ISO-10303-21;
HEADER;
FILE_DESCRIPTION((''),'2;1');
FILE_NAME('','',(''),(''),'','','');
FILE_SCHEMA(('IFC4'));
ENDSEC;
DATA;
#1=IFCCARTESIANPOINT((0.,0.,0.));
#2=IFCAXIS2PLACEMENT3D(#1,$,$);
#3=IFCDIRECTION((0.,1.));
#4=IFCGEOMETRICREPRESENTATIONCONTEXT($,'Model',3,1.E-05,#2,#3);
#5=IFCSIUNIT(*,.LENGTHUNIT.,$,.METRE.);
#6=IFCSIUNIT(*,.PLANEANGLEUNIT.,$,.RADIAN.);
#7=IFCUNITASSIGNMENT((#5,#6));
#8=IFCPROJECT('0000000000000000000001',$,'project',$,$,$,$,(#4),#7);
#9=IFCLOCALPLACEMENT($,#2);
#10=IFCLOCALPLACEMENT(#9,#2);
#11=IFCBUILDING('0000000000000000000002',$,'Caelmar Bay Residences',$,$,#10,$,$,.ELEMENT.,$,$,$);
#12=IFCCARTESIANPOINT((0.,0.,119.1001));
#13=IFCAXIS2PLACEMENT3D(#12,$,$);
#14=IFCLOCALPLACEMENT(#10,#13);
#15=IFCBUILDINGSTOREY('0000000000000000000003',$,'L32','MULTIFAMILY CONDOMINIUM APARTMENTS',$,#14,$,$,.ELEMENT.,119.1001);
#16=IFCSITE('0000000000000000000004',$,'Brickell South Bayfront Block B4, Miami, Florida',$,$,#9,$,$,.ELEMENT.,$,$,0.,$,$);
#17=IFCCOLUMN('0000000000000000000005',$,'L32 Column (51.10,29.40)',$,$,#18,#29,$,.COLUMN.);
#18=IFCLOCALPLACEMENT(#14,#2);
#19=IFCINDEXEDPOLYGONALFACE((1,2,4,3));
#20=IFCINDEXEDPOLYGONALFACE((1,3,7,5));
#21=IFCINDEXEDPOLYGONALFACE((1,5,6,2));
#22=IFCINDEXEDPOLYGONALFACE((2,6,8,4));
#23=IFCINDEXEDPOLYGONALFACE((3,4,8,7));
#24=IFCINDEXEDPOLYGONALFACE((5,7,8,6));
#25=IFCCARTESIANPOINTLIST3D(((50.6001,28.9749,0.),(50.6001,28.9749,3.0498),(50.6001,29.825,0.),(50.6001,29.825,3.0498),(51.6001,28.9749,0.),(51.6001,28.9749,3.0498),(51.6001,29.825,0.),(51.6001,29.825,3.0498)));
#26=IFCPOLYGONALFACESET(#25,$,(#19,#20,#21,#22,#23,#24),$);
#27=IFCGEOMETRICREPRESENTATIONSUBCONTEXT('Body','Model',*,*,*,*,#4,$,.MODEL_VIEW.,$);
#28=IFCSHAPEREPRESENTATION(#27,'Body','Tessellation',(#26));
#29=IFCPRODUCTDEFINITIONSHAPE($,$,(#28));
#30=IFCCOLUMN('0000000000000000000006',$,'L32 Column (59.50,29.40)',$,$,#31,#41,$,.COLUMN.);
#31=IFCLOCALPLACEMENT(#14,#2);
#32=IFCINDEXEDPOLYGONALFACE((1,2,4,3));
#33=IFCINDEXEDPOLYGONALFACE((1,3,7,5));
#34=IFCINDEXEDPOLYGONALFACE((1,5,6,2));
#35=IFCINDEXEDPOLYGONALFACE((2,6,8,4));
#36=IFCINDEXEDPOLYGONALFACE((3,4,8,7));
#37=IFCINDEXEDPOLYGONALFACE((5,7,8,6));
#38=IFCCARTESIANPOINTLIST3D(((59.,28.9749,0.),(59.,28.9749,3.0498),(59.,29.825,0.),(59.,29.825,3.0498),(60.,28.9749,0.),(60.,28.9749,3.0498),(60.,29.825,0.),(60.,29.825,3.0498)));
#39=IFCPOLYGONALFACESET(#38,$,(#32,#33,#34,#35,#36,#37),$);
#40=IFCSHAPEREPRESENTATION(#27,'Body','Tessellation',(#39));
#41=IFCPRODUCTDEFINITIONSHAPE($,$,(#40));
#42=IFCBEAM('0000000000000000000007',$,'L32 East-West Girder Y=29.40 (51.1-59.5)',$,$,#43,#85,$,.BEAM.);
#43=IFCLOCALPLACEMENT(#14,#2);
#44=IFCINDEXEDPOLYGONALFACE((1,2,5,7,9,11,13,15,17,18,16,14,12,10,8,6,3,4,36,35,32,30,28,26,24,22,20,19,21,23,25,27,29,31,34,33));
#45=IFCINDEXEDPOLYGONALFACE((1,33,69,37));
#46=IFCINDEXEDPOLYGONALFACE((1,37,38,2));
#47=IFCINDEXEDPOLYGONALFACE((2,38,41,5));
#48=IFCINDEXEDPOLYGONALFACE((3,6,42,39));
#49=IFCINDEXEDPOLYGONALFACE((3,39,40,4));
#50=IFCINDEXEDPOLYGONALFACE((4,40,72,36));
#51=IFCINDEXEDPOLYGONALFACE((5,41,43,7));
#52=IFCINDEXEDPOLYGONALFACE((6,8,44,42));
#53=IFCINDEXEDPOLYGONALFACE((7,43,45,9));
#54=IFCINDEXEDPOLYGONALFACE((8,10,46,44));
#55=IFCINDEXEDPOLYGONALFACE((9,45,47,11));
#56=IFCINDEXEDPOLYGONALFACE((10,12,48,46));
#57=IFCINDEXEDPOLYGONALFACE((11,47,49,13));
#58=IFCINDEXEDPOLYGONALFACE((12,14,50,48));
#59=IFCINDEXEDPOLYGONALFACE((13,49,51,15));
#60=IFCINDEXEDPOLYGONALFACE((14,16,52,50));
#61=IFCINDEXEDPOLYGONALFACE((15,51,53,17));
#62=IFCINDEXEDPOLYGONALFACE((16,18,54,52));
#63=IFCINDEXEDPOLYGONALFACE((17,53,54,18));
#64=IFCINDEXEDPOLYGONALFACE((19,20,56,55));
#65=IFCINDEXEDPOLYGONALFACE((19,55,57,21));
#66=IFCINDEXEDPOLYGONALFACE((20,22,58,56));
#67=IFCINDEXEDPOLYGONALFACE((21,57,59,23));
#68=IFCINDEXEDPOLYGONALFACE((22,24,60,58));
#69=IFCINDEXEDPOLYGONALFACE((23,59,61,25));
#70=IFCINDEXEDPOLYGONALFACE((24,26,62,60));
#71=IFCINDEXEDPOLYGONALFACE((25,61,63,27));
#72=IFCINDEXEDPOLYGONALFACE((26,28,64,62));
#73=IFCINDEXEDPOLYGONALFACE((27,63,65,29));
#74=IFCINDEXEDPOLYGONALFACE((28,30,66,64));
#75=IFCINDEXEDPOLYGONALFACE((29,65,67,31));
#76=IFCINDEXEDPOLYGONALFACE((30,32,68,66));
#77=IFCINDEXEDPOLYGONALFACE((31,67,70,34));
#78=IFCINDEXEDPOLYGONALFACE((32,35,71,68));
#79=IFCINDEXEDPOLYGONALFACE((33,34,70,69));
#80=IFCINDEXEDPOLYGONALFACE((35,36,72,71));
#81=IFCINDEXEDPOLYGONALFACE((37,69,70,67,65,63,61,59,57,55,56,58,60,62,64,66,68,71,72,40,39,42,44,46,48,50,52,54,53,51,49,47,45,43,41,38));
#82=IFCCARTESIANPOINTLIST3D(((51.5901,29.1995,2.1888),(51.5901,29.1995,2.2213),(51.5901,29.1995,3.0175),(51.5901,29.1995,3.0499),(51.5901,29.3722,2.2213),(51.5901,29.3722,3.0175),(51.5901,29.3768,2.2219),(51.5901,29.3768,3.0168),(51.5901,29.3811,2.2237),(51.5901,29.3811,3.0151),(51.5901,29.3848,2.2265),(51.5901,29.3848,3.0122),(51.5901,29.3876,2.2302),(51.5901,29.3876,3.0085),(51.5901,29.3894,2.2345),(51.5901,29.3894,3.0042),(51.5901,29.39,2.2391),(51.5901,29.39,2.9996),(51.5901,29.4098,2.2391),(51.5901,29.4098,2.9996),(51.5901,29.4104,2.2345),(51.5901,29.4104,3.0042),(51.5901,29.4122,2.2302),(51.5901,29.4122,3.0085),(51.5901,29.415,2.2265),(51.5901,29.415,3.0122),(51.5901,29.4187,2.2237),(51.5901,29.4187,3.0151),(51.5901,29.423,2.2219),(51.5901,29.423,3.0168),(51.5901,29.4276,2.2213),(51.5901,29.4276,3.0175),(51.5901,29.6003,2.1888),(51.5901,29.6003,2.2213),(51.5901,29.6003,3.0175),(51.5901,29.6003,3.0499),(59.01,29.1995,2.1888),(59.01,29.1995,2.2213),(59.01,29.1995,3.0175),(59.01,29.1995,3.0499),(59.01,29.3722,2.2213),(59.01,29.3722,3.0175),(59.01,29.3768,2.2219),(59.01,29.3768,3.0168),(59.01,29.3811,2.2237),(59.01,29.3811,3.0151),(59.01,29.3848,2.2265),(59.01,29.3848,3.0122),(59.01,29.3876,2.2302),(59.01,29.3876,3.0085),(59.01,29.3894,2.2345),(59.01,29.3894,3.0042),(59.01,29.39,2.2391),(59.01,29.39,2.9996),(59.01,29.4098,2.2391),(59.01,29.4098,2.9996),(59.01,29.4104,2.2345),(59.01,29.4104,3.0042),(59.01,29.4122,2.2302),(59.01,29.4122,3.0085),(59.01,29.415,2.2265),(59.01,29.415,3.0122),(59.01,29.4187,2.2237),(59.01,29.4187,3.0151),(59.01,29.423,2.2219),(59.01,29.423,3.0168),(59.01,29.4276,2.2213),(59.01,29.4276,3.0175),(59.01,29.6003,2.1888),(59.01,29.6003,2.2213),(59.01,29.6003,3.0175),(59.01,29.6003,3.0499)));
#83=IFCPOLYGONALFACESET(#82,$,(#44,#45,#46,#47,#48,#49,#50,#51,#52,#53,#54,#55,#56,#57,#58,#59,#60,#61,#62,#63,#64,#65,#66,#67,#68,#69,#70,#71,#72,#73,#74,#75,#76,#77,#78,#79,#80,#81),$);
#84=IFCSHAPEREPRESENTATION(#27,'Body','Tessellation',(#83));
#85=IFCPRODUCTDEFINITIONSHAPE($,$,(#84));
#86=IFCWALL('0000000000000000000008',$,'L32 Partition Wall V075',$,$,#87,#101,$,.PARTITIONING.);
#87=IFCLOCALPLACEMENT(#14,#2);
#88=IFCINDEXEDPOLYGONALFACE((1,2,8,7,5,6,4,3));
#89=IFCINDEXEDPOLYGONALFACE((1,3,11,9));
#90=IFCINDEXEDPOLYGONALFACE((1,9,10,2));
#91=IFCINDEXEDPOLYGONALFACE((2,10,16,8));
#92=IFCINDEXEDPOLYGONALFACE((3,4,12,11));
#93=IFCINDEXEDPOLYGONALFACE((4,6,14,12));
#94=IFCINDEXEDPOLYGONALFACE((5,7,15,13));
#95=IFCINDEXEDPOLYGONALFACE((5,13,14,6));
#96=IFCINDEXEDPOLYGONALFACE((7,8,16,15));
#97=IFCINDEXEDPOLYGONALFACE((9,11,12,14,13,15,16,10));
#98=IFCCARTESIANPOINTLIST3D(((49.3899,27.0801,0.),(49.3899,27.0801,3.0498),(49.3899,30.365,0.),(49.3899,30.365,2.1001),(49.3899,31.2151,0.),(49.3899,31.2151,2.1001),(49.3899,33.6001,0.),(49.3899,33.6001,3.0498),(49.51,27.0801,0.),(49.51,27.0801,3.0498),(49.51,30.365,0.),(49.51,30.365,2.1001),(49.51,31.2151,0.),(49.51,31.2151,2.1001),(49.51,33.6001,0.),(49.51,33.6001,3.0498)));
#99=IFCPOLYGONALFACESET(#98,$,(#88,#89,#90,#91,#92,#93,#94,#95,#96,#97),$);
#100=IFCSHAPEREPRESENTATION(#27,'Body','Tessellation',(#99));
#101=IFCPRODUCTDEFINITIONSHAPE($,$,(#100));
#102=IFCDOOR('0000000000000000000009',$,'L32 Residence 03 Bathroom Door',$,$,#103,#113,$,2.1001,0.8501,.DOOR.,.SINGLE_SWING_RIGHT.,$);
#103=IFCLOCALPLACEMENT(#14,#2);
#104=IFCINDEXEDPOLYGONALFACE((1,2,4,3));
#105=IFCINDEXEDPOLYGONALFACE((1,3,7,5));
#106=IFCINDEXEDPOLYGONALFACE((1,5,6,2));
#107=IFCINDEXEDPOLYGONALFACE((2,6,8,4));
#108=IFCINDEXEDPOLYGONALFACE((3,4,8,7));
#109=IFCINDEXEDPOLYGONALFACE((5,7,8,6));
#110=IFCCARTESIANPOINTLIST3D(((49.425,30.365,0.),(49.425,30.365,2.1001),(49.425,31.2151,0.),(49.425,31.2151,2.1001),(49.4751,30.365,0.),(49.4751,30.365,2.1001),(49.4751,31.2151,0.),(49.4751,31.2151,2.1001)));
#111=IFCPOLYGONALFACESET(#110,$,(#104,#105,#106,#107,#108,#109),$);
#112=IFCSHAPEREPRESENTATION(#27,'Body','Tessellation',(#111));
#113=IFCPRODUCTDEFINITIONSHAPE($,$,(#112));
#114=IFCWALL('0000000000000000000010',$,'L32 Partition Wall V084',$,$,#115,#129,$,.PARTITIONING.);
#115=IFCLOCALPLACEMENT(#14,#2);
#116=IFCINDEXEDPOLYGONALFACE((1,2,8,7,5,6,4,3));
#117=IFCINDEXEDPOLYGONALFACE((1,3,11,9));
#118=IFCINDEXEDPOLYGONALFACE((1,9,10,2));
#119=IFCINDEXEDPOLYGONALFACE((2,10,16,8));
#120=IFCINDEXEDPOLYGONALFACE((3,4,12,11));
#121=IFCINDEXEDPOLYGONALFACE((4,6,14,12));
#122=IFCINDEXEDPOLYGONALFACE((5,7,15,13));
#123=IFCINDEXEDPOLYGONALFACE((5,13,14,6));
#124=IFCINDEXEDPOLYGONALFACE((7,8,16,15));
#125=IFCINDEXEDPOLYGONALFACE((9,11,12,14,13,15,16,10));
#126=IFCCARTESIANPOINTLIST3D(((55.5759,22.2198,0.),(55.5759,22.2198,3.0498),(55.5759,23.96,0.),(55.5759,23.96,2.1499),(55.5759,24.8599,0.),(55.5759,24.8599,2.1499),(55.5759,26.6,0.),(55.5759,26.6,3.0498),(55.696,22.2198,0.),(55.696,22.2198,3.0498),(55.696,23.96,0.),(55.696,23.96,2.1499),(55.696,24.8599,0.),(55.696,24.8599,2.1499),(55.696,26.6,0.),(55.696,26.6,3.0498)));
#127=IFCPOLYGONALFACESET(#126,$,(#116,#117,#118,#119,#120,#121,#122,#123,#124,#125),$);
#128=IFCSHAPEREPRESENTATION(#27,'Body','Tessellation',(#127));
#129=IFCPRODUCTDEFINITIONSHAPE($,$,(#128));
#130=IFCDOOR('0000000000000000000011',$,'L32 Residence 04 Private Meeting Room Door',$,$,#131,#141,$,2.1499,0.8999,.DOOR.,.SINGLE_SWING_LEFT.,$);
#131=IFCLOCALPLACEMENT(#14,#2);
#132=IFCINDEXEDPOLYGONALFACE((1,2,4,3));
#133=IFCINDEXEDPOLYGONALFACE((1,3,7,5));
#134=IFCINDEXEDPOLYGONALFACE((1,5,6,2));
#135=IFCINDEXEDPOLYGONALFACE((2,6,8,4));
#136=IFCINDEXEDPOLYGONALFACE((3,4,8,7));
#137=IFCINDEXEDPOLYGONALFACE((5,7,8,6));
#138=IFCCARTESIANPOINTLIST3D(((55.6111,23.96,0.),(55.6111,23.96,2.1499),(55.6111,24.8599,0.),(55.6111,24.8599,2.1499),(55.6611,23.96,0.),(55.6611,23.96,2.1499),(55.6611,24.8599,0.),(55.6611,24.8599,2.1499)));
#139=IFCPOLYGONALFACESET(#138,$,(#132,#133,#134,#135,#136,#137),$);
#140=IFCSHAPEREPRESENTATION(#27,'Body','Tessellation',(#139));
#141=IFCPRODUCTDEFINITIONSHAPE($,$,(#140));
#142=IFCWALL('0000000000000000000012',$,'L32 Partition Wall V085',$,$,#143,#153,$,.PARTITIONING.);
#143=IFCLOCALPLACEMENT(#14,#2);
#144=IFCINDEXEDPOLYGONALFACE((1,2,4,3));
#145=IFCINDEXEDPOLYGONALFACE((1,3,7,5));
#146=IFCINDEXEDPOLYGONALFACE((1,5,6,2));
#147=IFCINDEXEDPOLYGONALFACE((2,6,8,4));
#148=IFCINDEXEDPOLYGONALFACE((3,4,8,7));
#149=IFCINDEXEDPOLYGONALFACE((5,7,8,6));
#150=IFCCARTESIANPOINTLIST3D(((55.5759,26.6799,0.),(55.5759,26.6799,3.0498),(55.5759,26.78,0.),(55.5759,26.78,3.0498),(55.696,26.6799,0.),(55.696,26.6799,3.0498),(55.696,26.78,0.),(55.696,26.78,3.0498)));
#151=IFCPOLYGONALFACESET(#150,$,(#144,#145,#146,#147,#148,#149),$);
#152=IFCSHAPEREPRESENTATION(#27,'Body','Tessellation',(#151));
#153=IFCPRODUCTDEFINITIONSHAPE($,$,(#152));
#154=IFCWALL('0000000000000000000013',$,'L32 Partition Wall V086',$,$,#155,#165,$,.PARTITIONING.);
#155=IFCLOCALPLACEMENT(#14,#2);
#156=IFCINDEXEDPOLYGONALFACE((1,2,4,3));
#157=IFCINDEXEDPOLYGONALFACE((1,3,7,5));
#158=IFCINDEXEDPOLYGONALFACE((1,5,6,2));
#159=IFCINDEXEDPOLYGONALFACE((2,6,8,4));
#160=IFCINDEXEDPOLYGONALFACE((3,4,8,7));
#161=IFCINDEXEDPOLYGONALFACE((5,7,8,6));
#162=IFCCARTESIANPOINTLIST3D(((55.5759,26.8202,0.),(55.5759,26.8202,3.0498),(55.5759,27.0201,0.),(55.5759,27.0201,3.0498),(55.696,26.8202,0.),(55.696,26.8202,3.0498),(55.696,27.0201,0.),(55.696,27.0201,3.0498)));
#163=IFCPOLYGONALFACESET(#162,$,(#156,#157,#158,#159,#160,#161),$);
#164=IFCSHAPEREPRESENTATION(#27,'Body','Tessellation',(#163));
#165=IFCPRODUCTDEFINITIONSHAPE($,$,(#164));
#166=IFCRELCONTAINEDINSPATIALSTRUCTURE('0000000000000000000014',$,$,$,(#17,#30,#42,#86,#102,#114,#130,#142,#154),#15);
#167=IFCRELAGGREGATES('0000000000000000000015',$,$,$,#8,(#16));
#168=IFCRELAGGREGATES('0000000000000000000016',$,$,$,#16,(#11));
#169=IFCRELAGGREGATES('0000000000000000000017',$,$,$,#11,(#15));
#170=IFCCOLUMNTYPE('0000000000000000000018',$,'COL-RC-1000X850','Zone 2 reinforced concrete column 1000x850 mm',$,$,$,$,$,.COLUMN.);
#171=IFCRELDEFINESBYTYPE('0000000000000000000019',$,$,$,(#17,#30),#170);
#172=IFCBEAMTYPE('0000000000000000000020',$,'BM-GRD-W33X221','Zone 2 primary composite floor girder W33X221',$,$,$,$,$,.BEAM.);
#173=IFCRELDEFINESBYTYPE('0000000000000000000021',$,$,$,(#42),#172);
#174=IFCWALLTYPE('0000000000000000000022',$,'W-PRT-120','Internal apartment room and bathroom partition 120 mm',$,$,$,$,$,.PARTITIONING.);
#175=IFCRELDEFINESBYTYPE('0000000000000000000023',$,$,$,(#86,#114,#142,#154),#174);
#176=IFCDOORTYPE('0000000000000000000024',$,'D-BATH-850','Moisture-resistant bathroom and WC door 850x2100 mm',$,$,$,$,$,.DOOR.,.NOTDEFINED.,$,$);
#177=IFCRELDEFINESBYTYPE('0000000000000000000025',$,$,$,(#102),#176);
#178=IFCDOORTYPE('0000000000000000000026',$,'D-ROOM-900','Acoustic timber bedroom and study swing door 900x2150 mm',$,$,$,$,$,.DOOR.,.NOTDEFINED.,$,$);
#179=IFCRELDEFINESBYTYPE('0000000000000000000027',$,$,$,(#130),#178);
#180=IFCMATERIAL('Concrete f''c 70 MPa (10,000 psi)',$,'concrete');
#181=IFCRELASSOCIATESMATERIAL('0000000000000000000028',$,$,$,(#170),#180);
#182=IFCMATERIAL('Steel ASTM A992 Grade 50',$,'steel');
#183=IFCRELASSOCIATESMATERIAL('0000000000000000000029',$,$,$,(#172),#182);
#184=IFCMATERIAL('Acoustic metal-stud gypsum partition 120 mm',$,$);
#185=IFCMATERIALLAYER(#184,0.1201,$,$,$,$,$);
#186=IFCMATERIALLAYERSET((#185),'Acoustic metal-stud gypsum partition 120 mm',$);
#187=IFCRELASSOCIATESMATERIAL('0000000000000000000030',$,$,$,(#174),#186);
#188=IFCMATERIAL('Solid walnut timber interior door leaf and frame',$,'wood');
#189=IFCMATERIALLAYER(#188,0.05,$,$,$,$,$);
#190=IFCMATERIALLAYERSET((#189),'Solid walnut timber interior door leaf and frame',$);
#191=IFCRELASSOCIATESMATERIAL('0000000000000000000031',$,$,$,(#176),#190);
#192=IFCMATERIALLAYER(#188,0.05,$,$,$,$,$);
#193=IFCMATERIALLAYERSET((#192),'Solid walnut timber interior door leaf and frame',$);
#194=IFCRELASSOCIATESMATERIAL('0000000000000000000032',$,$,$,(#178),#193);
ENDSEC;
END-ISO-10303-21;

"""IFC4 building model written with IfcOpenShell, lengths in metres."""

from ifc_helpers import new_model, si_unit, direction, frame, frame_2d, origin, origin_2d, place, context, subcontext, project, spatial, rectangle, i_section, extrude, material, layer, layer_set, material_profile, profile_set, type_object, element, fill, save


model = new_model("IFC4")

# Units and contexts
model_context = context("Model", 3, precision=1e-05, world=origin(), true_north=direction((0.0, 1.0)))
body_context = subcontext(model_context, "Body", "Model", "MODEL_VIEW")
ifc_project = project(units=[si_unit("LENGTHUNIT", "METRE"), si_unit("PLANEANGLEUNIT", "RADIAN")], contexts=[model_context])

# Site, building, storey
site_placement = place(None, origin())
site = spatial("IfcSite", under=ifc_project, at=site_placement, Name="Brickell South Bayfront Block B4, Miami, Florida", CompositionType="ELEMENT", RefElevation=0.0)
building_placement = place(site_placement, origin())
building = spatial("IfcBuilding", under=site, at=building_placement, Name="Caelmar Bay Residences", CompositionType="ELEMENT")
storey_placement = place(building_placement, frame((0.0, 0.0, 119.1001)))
storey = spatial("IfcBuildingStorey", under=building, at=storey_placement, Name="L32", Description="MULTIFAMILY CONDOMINIUM APARTMENTS", CompositionType="ELEMENT", Elevation=119.1001)

# Columns
ifc_material_1 = material(Name="Concrete f'c 70 MPa (10,000 psi)", Category="concrete")
ifc_material_profile_1 = material_profile(ifc_material_1, rectangle(XDim=1.0, YDim=0.8501, at=origin_2d()), Name="RC-COL-1000X850")
ifc_profile_set_1 = profile_set([ifc_material_profile_1], Name="Concrete f'c 70 MPa (10,000 psi)")
column_type = type_object("IfcColumnType", Name="COL-RC-1000X850", Description="Zone 2 reinforced concrete column 1000x850 mm", PredefinedType="COLUMN", material=ifc_profile_set_1)
for number, where, z_axis, x_axis, name in (
    (1, (51.1001, 29.3999, 0.0), (0.0, 0.0, 1.0), (1.0, 0.0, 0.0), "L32 Column (51.10,29.40)"),
    (2, (59.5, 29.3999, 0.0), (0.0, 0.0, 1.0), (1.0, 0.0, 0.0), "L32 Column (59.50,29.40)"),
):
    element("IfcColumn", number, at=place(storey_placement, frame(where, z_axis=z_axis, x_axis=x_axis)), inside=storey, type_object=column_type, Name=name, PredefinedType="COLUMN", context=body_context, shape_type="SweptSolid", body=[
        extrude(rectangle(XDim=1.0, YDim=0.8501, at=origin_2d()), origin(), (0.0, 0.0, 1.0), 3.0498),
    ])

# Beam
ifc_material_2 = material(Name="Steel ASTM A992 Grade 50", Category="steel")
ifc_material_profile_2 = material_profile(ifc_material_2, i_section(OverallWidth=0.4009, OverallDepth=0.8611, WebThickness=0.0198, FlangeThickness=0.0325, FilletRadius=0.0178, at=origin_2d()), Name="W33X221")
ifc_profile_set_2 = profile_set([ifc_material_profile_2], Name="Steel ASTM A992 Grade 50")
beam_type = type_object("IfcBeamType", Name="BM-GRD-W33X221", Description="Zone 2 primary composite floor girder W33X221", PredefinedType="BEAM", material=ifc_profile_set_2)
beam_placement = place(storey_placement, frame((51.5901, 29.3999, 2.6194), z_axis=(1.0, 0.0, 0.0), x_axis=(0.0, 1.0, 0.0)))
element("IfcBeam", 3, at=beam_placement, inside=storey, type_object=beam_type, Name="L32 East-West Girder Y=29.40 (51.1-59.5)", PredefinedType="BEAM", context=body_context, shape_type="SweptSolid", body=[
    extrude(i_section(OverallWidth=0.4009, OverallDepth=0.8611, WebThickness=0.0198, FlangeThickness=0.0325, FilletRadius=0.0178, at=origin_2d()), origin(), (0.0, 0.0, 1.0), 7.4199),
])

# Walls, openings, doors
ifc_material_3 = material(Name="Acoustic metal-stud gypsum partition 120 mm")
ifc_layer_1 = layer(ifc_material_3, 0.1201)
ifc_layer_set_1 = layer_set([ifc_layer_1], Name="Acoustic metal-stud gypsum partition 120 mm")
wall_type_1 = type_object("IfcWallType", Name="W-PRT-120", Description="Internal apartment room and bathroom partition 120 mm", PredefinedType="PARTITIONING", material=ifc_layer_set_1)
wall_1_placement = place(storey_placement, frame((49.45, 27.0801, 0.0), z_axis=(0.0, 0.0, 1.0), x_axis=(0.0, 1.0, 0.0)))
wall_1 = element("IfcWall", 4, at=wall_1_placement, inside=storey, type_object=wall_type_1, Name="L32 Partition Wall V075", PredefinedType="PARTITIONING", context=body_context, shape_type="SweptSolid", body=[
    extrude(rectangle(XDim=6.52, YDim=0.1201, at=frame_2d((3.26, 0.0))), origin(), (0.0, 0.0, 1.0), 3.0498),
])
opening_1_placement = place(wall_1_placement, frame((3.2849, 0.0, 0.0)))
opening_1 = element("IfcOpeningElement", 5, at=opening_1_placement, cuts=wall_1, PredefinedType="OPENING", context=body_context, shape_type="SweptSolid", body=[
    extrude(rectangle(XDim=0.8501, YDim=2.1001, at=frame_2d((0.425, 1.05))), frame((0.0, 0.0701, 0.0), z_axis=(0.0, -1.0, 0.0), x_axis=(1.0, 0.0, 0.0)), (0.0, 0.0, 1.0), 0.1401),
])
ifc_material_4 = material(Name="Solid walnut timber interior door leaf and frame", Category="wood")
ifc_layer_2 = layer(ifc_material_4, 0.05)
ifc_layer_set_2 = layer_set([ifc_layer_2], Name="Solid walnut timber interior door leaf and frame")
door_type_1 = type_object("IfcDoorType", Name="D-BATH-850", Description="Moisture-resistant bathroom and WC door 850x2100 mm", OperationType="NOTDEFINED", PredefinedType="DOOR", material=ifc_layer_set_2)
door_1_placement = place(opening_1_placement, origin())
door_1 = element("IfcDoor", 6, at=door_1_placement, inside=storey, type_object=door_type_1, Name="L32 Residence 03 Bathroom Door", OperationType="SINGLE_SWING_RIGHT", OverallHeight=2.1001, OverallWidth=0.8501, PredefinedType="DOOR", context=body_context, shape_type="SweptSolid", body=[
    extrude(rectangle(XDim=0.8501, YDim=2.1001, at=frame_2d((0.425, 1.05))), frame((0.0, 0.0249, 0.0), z_axis=(0.0, -1.0, 0.0), x_axis=(1.0, 0.0, 0.0)), (0.0, 0.0, 1.0), 0.05),
])
fill(opening_1, door_1)
wall_2_placement = place(storey_placement, frame((55.636, 22.22, 0.0), z_axis=(0.0, 0.0, 1.0), x_axis=(0.0, 1.0, 0.0)))
wall_2 = element("IfcWall", 7, at=wall_2_placement, inside=storey, type_object=wall_type_1, Name="L32 Partition Wall V084", PredefinedType="PARTITIONING", context=body_context, shape_type="SweptSolid", body=[
    extrude(rectangle(XDim=4.3801, YDim=0.1201, at=frame_2d((2.1899, 0.0))), origin(), (0.0, 0.0, 1.0), 3.0498),
])
opening_2_placement = place(wall_2_placement, frame((1.74, 0.0, 0.0)))
opening_2 = element("IfcOpeningElement", 8, at=opening_2_placement, cuts=wall_2, PredefinedType="OPENING", context=body_context, shape_type="SweptSolid", body=[
    extrude(rectangle(XDim=0.8999, YDim=2.1499, at=frame_2d((0.45, 1.075))), frame((0.0, 0.0701, 0.0), z_axis=(0.0, -1.0, 0.0), x_axis=(1.0, 0.0, 0.0)), (0.0, 0.0, 1.0), 0.1401),
])
ifc_layer_3 = layer(ifc_material_4, 0.05)
ifc_layer_set_3 = layer_set([ifc_layer_3], Name="Solid walnut timber interior door leaf and frame")
door_type_2 = type_object("IfcDoorType", Name="D-ROOM-900", Description="Acoustic timber bedroom and study swing door 900x2150 mm", OperationType="NOTDEFINED", PredefinedType="DOOR", material=ifc_layer_set_3)
door_2_placement = place(opening_2_placement, origin())
door_2 = element("IfcDoor", 9, at=door_2_placement, inside=storey, type_object=door_type_2, Name="L32 Residence 04 Private Meeting Room Door", OperationType="SINGLE_SWING_LEFT", OverallHeight=2.1499, OverallWidth=0.8999, PredefinedType="DOOR", context=body_context, shape_type="SweptSolid", body=[
    extrude(rectangle(XDim=0.8999, YDim=2.1499, at=frame_2d((0.45, 1.075))), frame((0.0, 0.0249, 0.0), z_axis=(0.0, -1.0, 0.0), x_axis=(1.0, 0.0, 0.0)), (0.0, 0.0, 1.0), 0.05),
])
fill(opening_2, door_2)

# Walls
wall_3_placement = place(storey_placement, frame((55.636, 26.6799, 0.0), z_axis=(0.0, 0.0, 1.0), x_axis=(0.0, 1.0, 0.0)))
element("IfcWall", 10, at=wall_3_placement, inside=storey, type_object=wall_type_1, Name="L32 Partition Wall V085", PredefinedType="PARTITIONING", context=body_context, shape_type="SweptSolid", body=[
    extrude(rectangle(XDim=0.1001, YDim=0.1201, at=frame_2d((0.05, 0.0))), origin(), (0.0, 0.0, 1.0), 3.0498),
])
wall_4_placement = place(storey_placement, frame((55.636, 26.8201, 0.0), z_axis=(0.0, 0.0, 1.0), x_axis=(0.0, 1.0, 0.0)))
element("IfcWall", 11, at=wall_4_placement, inside=storey, type_object=wall_type_1, Name="L32 Partition Wall V086", PredefinedType="PARTITIONING", context=body_context, shape_type="SweptSolid", body=[
    extrude(rectangle(XDim=0.2, YDim=0.1201, at=frame_2d((0.1001, 0.0))), origin(), (0.0, 0.0, 1.0), 3.0498),
])

save(model, "model.ifc")
